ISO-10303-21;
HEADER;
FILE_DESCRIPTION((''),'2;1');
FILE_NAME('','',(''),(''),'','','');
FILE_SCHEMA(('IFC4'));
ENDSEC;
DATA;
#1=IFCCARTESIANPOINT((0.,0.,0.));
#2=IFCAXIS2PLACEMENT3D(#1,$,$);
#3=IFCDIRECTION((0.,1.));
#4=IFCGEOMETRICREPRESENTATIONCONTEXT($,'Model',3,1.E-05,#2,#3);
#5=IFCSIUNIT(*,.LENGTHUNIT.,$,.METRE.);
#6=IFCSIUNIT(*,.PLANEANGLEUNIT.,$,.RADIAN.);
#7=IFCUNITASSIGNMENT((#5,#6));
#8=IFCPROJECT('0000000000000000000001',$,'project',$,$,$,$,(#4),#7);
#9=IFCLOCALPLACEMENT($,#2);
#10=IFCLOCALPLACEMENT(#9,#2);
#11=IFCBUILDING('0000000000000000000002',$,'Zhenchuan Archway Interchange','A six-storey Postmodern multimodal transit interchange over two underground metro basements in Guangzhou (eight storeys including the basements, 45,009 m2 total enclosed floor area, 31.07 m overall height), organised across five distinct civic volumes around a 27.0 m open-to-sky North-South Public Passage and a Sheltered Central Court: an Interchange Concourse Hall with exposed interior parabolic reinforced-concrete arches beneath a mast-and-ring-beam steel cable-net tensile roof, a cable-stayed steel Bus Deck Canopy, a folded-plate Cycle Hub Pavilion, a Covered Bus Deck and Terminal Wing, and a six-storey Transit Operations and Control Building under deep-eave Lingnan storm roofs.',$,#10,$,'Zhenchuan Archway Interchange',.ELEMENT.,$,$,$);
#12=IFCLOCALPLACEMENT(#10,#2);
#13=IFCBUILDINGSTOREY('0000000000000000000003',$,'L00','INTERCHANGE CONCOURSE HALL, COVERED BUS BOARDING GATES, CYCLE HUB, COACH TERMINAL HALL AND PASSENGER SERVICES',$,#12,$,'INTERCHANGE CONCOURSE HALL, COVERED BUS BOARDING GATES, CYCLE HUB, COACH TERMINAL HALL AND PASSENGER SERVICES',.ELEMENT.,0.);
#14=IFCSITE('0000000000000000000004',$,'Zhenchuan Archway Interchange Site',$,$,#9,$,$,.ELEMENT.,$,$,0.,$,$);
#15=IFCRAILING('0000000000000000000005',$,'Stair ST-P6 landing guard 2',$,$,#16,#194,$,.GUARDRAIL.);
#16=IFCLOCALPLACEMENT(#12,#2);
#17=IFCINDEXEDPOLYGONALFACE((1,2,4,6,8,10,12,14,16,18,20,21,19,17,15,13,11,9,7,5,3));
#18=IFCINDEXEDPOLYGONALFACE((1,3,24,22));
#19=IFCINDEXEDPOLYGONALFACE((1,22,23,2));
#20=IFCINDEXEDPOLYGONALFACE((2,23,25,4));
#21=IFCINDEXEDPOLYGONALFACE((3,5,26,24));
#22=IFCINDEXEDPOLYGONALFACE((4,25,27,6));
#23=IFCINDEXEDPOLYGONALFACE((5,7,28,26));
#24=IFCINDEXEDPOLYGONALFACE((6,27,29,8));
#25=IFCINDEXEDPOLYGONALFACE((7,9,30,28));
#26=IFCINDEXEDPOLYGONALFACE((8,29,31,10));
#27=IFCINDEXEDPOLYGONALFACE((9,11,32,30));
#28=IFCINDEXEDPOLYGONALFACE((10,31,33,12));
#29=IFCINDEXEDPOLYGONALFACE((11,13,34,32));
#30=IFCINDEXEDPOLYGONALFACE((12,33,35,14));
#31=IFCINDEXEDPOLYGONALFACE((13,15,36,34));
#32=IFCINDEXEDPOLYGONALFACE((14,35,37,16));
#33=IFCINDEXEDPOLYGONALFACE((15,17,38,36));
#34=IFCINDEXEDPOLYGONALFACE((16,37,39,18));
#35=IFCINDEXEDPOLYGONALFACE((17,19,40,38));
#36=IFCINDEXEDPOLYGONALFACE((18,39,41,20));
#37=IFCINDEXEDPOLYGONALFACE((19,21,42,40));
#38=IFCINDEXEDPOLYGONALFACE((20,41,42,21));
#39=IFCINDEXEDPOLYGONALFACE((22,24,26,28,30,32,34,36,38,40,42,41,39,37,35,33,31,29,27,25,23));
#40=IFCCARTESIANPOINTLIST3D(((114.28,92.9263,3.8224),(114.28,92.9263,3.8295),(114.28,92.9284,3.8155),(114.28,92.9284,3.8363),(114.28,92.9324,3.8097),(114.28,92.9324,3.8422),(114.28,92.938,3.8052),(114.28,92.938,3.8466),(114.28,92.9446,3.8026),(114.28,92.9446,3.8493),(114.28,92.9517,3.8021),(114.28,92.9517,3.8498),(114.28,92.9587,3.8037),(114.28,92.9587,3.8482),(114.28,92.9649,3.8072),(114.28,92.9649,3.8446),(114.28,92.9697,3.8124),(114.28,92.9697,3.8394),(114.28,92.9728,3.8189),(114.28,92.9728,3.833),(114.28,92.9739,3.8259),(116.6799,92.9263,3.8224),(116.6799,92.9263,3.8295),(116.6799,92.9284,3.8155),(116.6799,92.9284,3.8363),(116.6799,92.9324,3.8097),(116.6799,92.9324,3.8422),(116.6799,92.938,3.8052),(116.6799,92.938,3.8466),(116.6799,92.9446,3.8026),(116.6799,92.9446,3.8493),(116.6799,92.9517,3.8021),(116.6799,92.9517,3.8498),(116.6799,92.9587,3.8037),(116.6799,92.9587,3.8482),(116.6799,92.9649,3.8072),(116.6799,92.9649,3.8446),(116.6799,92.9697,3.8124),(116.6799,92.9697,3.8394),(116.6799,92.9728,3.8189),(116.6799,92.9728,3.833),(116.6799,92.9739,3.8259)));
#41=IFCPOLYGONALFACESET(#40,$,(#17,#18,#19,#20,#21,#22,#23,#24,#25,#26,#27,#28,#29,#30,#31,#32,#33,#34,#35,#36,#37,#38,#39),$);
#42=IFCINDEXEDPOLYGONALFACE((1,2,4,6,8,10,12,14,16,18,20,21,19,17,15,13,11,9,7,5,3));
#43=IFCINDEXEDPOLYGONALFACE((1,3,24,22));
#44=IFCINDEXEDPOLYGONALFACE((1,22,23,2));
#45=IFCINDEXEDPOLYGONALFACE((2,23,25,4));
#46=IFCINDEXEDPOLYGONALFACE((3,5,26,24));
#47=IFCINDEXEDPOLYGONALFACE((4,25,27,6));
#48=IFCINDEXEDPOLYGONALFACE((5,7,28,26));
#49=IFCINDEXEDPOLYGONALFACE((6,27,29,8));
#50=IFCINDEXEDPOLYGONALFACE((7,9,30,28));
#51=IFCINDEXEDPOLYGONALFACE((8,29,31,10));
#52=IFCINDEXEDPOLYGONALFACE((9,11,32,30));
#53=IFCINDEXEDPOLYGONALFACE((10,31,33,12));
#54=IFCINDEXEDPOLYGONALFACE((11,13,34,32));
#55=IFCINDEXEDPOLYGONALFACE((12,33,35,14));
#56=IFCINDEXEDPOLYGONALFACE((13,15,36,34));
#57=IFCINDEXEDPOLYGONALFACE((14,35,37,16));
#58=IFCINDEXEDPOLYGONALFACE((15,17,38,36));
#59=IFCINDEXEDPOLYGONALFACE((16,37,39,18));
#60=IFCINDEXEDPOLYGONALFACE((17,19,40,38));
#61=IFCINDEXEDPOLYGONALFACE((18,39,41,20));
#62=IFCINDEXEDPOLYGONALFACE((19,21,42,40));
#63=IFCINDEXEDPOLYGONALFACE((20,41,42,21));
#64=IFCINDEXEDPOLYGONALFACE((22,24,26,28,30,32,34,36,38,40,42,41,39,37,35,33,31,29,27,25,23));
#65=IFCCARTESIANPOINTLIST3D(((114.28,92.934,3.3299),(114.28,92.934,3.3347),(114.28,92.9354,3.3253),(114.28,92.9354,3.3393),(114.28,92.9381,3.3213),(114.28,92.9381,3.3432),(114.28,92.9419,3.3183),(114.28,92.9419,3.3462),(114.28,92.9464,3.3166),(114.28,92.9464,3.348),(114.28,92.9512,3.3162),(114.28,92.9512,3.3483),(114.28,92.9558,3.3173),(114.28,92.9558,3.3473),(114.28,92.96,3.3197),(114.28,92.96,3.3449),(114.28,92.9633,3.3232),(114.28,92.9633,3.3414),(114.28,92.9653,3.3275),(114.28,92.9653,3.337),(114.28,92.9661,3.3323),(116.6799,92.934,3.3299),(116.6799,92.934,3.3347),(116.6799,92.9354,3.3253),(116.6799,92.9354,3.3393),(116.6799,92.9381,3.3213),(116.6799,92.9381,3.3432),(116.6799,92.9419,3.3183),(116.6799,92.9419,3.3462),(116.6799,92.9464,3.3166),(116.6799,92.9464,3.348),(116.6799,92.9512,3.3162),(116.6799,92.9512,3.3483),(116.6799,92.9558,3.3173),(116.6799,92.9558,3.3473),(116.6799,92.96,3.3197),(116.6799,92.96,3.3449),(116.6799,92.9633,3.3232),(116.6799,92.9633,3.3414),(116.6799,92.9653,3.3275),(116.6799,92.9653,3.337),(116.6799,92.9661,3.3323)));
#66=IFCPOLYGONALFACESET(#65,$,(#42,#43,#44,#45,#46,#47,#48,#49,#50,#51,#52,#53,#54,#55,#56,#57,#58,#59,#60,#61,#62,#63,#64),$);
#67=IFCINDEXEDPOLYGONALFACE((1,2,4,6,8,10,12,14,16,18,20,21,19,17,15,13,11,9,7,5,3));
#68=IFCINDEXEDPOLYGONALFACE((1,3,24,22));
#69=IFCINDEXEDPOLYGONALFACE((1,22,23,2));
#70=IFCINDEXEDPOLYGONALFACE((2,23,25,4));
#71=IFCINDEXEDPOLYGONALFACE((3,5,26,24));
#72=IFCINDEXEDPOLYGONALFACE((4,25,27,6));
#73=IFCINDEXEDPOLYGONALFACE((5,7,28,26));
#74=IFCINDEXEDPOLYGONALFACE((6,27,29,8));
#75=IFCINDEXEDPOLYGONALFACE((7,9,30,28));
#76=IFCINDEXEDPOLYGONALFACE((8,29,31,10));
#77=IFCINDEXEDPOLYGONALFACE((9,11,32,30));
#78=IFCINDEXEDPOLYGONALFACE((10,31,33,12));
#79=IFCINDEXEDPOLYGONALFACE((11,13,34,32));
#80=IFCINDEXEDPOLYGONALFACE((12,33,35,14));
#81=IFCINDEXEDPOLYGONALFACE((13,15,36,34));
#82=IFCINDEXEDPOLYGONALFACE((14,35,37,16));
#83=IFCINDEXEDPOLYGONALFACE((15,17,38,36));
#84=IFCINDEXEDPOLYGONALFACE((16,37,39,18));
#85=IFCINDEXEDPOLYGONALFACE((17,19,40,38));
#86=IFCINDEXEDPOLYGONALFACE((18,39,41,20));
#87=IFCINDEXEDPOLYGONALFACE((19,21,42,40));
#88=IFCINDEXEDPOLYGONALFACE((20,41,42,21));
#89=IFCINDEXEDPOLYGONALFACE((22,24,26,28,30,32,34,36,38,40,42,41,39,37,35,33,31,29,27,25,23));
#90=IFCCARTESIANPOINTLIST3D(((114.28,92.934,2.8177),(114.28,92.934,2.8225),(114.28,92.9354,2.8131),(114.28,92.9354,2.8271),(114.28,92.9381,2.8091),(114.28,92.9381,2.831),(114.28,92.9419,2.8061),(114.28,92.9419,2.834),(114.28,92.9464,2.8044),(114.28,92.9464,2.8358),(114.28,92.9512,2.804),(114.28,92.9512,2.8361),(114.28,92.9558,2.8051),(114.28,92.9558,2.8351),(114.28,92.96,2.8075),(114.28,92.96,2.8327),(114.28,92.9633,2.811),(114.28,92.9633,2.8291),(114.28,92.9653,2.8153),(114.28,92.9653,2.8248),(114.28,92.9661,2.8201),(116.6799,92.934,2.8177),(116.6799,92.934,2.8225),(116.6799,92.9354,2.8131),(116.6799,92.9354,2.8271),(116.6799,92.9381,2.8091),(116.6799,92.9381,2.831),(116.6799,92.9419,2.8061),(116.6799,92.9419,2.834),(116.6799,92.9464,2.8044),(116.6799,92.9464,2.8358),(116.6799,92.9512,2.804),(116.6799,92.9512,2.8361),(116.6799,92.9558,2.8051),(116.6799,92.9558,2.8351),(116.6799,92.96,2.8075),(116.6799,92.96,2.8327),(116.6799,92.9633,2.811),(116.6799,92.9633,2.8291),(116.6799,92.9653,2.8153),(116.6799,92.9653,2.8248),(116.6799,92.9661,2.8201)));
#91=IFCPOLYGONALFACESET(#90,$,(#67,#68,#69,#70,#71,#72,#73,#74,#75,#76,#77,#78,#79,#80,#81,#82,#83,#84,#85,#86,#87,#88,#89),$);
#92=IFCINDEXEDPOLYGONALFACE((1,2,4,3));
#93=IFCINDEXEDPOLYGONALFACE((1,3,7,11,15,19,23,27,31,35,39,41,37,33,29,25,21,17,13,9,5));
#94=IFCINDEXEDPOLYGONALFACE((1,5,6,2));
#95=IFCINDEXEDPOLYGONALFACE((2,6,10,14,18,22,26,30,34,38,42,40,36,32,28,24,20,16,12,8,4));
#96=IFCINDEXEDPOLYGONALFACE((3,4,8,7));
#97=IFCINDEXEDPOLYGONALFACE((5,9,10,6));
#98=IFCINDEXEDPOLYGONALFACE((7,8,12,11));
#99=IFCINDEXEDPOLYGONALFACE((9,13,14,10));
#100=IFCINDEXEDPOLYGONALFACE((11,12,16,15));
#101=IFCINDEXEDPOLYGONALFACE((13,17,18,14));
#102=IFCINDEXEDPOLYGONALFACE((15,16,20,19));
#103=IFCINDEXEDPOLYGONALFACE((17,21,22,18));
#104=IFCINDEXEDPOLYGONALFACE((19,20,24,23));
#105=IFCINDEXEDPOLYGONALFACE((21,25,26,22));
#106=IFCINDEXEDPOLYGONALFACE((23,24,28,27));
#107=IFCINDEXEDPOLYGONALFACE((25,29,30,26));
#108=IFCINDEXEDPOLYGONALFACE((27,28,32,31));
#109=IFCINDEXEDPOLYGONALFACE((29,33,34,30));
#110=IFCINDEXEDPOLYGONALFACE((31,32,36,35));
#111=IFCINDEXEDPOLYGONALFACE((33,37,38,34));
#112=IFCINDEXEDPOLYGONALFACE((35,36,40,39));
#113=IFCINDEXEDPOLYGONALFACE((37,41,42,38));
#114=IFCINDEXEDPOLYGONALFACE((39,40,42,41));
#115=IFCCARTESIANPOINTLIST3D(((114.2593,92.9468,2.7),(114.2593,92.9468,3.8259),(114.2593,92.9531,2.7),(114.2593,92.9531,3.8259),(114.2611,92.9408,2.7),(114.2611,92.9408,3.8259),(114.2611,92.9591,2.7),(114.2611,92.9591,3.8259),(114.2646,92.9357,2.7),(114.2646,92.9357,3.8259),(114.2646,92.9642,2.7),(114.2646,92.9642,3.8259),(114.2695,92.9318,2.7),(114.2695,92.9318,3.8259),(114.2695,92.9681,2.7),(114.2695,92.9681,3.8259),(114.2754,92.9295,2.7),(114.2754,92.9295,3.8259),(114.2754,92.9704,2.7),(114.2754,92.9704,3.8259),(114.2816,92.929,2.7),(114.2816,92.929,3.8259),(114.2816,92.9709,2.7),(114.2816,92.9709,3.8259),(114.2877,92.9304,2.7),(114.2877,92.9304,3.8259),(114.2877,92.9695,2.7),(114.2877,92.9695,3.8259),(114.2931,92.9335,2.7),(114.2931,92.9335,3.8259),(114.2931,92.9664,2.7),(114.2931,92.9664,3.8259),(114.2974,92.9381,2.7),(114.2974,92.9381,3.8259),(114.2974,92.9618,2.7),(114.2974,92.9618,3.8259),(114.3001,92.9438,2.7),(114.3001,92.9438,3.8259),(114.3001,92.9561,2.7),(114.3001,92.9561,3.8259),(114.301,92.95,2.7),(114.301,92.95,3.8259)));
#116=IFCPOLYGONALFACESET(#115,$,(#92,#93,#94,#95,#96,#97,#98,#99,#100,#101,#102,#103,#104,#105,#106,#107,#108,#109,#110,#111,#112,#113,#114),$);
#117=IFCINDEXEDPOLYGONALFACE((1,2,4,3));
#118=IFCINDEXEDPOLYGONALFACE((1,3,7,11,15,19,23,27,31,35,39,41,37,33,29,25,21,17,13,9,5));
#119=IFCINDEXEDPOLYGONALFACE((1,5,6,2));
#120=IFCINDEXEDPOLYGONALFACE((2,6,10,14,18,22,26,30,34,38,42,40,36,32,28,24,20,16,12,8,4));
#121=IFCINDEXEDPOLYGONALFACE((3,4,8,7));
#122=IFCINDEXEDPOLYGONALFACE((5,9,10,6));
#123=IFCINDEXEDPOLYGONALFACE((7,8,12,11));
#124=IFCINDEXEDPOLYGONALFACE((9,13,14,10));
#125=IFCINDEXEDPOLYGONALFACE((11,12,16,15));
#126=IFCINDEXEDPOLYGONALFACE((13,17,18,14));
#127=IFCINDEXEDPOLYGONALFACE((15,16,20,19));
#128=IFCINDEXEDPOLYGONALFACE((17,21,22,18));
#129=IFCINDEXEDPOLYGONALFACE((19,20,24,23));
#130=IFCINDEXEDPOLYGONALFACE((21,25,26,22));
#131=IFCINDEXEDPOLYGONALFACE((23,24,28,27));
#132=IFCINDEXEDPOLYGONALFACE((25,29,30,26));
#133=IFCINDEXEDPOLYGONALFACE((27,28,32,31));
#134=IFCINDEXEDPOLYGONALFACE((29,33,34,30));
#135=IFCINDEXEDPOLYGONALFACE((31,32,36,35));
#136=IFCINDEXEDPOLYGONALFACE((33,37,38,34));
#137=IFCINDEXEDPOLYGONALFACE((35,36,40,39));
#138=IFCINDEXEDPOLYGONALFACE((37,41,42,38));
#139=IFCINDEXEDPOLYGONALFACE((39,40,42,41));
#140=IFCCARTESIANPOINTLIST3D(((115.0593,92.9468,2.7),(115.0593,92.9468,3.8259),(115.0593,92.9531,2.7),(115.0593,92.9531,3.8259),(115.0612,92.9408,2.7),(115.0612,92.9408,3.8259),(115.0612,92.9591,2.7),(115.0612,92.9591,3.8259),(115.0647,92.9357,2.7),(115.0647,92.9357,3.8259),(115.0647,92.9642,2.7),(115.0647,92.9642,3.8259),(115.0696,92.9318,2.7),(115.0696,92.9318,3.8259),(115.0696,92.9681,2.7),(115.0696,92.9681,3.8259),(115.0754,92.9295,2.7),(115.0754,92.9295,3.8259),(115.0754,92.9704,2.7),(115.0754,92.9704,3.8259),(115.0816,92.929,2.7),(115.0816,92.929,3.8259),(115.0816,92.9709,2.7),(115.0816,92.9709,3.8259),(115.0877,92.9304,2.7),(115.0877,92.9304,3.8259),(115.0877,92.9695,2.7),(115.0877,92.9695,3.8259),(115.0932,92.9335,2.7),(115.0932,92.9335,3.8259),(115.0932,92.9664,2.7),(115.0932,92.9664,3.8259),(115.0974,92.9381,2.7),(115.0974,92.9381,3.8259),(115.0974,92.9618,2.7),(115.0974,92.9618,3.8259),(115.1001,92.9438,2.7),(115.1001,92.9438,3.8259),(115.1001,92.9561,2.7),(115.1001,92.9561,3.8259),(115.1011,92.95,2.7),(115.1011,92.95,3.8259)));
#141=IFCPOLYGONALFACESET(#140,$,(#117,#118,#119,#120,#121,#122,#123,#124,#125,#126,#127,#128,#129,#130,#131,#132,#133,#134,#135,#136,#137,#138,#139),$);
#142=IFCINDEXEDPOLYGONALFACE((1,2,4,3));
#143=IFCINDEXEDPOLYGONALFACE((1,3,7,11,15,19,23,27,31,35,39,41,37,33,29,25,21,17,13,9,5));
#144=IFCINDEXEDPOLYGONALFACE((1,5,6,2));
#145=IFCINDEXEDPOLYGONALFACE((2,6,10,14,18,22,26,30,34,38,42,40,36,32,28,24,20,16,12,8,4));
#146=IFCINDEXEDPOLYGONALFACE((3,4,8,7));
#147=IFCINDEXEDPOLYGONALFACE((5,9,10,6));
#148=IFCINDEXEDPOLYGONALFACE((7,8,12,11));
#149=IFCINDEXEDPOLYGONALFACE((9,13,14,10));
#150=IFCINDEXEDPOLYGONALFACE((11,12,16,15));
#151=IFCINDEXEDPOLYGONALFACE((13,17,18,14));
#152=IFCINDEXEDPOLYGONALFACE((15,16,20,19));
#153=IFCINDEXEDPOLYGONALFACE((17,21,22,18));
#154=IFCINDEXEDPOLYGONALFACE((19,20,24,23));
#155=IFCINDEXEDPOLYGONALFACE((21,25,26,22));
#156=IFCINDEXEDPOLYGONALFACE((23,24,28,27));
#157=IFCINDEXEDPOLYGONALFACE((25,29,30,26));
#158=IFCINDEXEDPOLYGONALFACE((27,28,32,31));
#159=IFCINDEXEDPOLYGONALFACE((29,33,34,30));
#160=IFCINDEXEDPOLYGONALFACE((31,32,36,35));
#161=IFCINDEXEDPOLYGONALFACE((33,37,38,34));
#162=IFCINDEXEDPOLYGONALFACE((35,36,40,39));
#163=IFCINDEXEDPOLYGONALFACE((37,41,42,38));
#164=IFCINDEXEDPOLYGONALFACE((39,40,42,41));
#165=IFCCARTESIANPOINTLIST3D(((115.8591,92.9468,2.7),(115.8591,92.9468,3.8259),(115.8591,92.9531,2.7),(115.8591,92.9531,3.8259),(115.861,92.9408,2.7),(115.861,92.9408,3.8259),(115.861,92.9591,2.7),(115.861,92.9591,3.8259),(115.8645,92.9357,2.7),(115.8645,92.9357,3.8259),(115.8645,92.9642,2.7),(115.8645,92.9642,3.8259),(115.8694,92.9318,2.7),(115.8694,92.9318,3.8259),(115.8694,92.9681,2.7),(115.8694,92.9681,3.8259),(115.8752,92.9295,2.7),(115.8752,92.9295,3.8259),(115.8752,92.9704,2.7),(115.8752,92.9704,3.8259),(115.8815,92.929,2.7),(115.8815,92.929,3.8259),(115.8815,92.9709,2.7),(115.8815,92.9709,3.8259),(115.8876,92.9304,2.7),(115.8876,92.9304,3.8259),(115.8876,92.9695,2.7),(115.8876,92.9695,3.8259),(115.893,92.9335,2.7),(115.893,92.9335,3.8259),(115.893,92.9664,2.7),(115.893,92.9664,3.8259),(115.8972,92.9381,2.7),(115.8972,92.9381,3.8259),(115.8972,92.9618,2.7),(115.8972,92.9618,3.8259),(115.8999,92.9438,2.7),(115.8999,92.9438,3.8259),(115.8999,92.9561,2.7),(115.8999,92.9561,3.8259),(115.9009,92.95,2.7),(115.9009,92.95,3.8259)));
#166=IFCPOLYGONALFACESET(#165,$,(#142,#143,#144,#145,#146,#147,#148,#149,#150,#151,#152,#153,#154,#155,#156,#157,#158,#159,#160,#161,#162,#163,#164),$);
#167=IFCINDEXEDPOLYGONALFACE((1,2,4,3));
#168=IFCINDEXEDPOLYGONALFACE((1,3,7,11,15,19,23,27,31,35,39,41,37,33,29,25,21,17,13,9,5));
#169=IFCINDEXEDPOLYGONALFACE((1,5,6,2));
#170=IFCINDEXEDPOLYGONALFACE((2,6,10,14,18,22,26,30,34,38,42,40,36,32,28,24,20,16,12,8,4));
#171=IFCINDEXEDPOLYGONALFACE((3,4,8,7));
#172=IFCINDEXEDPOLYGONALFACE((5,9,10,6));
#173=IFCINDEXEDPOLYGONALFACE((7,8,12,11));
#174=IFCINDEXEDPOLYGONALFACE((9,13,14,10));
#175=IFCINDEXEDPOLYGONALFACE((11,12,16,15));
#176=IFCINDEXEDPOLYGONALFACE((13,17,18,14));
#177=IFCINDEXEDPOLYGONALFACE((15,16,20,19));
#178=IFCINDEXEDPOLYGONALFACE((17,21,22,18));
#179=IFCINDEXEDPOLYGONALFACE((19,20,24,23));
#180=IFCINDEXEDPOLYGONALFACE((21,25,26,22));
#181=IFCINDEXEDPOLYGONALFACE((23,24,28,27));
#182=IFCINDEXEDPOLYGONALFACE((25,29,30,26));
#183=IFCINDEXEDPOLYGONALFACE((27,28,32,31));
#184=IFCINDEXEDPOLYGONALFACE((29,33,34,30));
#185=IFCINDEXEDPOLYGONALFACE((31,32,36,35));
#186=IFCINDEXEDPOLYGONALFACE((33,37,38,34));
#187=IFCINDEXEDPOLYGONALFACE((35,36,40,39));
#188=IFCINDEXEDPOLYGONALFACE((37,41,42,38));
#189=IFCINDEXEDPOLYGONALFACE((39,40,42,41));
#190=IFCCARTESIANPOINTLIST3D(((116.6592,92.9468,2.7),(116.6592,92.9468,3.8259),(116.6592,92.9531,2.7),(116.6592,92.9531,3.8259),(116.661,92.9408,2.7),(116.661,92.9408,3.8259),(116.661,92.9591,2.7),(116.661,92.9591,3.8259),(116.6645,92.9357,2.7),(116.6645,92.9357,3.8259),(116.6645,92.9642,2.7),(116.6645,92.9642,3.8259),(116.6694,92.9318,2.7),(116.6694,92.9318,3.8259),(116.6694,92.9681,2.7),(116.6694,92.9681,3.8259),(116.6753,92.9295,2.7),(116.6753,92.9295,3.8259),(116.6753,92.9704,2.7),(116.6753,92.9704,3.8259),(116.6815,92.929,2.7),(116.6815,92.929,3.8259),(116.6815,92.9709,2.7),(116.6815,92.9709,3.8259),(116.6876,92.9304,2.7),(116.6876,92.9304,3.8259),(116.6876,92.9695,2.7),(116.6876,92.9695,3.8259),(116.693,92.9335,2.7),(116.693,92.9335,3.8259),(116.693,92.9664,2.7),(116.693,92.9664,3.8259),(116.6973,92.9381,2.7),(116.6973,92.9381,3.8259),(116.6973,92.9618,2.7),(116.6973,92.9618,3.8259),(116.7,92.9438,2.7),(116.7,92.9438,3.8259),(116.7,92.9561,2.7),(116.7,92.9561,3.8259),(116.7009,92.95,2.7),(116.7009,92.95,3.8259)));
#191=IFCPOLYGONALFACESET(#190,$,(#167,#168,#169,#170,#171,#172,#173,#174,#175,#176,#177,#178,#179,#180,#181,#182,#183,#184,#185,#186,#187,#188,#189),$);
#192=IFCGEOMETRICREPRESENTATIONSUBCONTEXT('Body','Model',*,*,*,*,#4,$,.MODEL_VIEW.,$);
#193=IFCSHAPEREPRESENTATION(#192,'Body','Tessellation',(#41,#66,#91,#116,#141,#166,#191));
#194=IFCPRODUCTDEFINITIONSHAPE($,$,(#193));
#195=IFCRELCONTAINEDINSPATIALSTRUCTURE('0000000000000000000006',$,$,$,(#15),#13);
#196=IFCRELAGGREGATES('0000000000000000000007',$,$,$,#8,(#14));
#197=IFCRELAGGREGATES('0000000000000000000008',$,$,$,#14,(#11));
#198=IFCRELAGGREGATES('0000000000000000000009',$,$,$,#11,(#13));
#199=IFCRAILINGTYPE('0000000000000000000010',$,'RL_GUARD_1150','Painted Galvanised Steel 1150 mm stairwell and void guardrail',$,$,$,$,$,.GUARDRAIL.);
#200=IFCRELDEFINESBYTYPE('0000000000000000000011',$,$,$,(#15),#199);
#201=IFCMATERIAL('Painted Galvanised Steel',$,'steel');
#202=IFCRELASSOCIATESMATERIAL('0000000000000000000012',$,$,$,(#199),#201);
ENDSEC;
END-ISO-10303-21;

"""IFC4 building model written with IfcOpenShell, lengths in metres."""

from ifc_helpers import new_model, si_unit, direction, frame, origin, origin_2d, place, context, subcontext, project, spatial, circle, extrude, material, type_object, element, save


model = new_model("IFC4")

# Units and contexts
model_context = context("Model", 3, precision=1e-05, world=origin(), true_north=direction((0.0, 1.0)))
body_context = subcontext(model_context, "Body", "Model", "MODEL_VIEW")
ifc_project = project(units=[si_unit("LENGTHUNIT", "METRE"), si_unit("PLANEANGLEUNIT", "RADIAN")], contexts=[model_context])

# Site, building, storey
site_placement = place(None, origin())
site = spatial("IfcSite", under=ifc_project, at=site_placement, Name="Zhenchuan Archway Interchange Site", CompositionType="ELEMENT", RefElevation=0.0)
building_placement = place(site_placement, origin())
building = spatial("IfcBuilding", under=site, at=building_placement, Name="Zhenchuan Archway Interchange", Description="A six-storey Postmodern multimodal transit interchange over two underground metro basements in Guangzhou (eight storeys including the basements, 45,009 m2 total enclosed floor area, 31.07 m overall height), organised across five distinct civic volumes around a 27.0 m open-to-sky North-South Public Passage and a Sheltered Central Court: an Interchange Concourse Hall with exposed interior parabolic reinforced-concrete arches beneath a mast-and-ring-beam steel cable-net tensile roof, a cable-stayed steel Bus Deck Canopy, a folded-plate Cycle Hub Pavilion, a Covered Bus Deck and Terminal Wing, and a six-storey Transit Operations and Control Building under deep-eave Lingnan storm roofs.", LongName="Zhenchuan Archway Interchange", CompositionType="ELEMENT")
storey_placement = place(building_placement, origin())
storey = spatial("IfcBuildingStorey", under=building, at=storey_placement, Name="L00", Description="INTERCHANGE CONCOURSE HALL, COVERED BUS BOARDING GATES, CYCLE HUB, COACH TERMINAL HALL AND PASSENGER SERVICES", LongName="INTERCHANGE CONCOURSE HALL, COVERED BUS BOARDING GATES, CYCLE HUB, COACH TERMINAL HALL AND PASSENGER SERVICES", CompositionType="ELEMENT", Elevation=0.0)

# Railing
ifc_material_1 = material(Name="Painted Galvanised Steel", Category="steel")
railing_type_1 = type_object("IfcRailingType", Name="RL_GUARD_1150", Description="Painted Galvanised Steel 1150 mm stairwell and void guardrail", PredefinedType="GUARDRAIL", material=ifc_material_1)
railing_1_placement = place(storey_placement, frame((114.28, 92.95, 2.7)))
element("IfcRailing", 1, at=railing_1_placement, inside=storey, type_object=railing_type_1, Name="Stair ST-P6 landing guard 2", PredefinedType="GUARDRAIL", context=body_context, shape_type="SweptSolid", body=[
    extrude(circle(Radius=0.0239, at=origin_2d()), frame((0.0, 0.0, 1.126), z_axis=(1.0, 0.0, 0.0), x_axis=(0.0, 1.0, 0.0)), (0.0, 0.0, 1.0), 2.3999),
    extrude(circle(Radius=0.0161, at=origin_2d()), frame((0.0, 0.0, 0.6323), z_axis=(1.0, 0.0, 0.0), x_axis=(0.0, 1.0, 0.0)), (0.0, 0.0, 1.0), 2.3999),
    extrude(circle(Radius=0.0161, at=origin_2d()), frame((0.0, 0.0, 0.1201), z_axis=(1.0, 0.0, 0.0), x_axis=(0.0, 1.0, 0.0)), (0.0, 0.0, 1.0), 2.3999),
    extrude(circle(Radius=0.021, at=origin_2d()), origin(), (0.0, 0.0, 1.0), 1.126),
    extrude(circle(Radius=0.021, at=origin_2d()), frame((0.8, 0.0, 0.0)), (0.0, 0.0, 1.0), 1.126),
    extrude(circle(Radius=0.021, at=origin_2d()), frame((1.5999, 0.0, 0.0)), (0.0, 0.0, 1.0), 1.126),
    extrude(circle(Radius=0.021, at=origin_2d()), frame((2.3999, 0.0, 0.0)), (0.0, 0.0, 1.0), 1.126),
])

save(model, "model.ifc")
